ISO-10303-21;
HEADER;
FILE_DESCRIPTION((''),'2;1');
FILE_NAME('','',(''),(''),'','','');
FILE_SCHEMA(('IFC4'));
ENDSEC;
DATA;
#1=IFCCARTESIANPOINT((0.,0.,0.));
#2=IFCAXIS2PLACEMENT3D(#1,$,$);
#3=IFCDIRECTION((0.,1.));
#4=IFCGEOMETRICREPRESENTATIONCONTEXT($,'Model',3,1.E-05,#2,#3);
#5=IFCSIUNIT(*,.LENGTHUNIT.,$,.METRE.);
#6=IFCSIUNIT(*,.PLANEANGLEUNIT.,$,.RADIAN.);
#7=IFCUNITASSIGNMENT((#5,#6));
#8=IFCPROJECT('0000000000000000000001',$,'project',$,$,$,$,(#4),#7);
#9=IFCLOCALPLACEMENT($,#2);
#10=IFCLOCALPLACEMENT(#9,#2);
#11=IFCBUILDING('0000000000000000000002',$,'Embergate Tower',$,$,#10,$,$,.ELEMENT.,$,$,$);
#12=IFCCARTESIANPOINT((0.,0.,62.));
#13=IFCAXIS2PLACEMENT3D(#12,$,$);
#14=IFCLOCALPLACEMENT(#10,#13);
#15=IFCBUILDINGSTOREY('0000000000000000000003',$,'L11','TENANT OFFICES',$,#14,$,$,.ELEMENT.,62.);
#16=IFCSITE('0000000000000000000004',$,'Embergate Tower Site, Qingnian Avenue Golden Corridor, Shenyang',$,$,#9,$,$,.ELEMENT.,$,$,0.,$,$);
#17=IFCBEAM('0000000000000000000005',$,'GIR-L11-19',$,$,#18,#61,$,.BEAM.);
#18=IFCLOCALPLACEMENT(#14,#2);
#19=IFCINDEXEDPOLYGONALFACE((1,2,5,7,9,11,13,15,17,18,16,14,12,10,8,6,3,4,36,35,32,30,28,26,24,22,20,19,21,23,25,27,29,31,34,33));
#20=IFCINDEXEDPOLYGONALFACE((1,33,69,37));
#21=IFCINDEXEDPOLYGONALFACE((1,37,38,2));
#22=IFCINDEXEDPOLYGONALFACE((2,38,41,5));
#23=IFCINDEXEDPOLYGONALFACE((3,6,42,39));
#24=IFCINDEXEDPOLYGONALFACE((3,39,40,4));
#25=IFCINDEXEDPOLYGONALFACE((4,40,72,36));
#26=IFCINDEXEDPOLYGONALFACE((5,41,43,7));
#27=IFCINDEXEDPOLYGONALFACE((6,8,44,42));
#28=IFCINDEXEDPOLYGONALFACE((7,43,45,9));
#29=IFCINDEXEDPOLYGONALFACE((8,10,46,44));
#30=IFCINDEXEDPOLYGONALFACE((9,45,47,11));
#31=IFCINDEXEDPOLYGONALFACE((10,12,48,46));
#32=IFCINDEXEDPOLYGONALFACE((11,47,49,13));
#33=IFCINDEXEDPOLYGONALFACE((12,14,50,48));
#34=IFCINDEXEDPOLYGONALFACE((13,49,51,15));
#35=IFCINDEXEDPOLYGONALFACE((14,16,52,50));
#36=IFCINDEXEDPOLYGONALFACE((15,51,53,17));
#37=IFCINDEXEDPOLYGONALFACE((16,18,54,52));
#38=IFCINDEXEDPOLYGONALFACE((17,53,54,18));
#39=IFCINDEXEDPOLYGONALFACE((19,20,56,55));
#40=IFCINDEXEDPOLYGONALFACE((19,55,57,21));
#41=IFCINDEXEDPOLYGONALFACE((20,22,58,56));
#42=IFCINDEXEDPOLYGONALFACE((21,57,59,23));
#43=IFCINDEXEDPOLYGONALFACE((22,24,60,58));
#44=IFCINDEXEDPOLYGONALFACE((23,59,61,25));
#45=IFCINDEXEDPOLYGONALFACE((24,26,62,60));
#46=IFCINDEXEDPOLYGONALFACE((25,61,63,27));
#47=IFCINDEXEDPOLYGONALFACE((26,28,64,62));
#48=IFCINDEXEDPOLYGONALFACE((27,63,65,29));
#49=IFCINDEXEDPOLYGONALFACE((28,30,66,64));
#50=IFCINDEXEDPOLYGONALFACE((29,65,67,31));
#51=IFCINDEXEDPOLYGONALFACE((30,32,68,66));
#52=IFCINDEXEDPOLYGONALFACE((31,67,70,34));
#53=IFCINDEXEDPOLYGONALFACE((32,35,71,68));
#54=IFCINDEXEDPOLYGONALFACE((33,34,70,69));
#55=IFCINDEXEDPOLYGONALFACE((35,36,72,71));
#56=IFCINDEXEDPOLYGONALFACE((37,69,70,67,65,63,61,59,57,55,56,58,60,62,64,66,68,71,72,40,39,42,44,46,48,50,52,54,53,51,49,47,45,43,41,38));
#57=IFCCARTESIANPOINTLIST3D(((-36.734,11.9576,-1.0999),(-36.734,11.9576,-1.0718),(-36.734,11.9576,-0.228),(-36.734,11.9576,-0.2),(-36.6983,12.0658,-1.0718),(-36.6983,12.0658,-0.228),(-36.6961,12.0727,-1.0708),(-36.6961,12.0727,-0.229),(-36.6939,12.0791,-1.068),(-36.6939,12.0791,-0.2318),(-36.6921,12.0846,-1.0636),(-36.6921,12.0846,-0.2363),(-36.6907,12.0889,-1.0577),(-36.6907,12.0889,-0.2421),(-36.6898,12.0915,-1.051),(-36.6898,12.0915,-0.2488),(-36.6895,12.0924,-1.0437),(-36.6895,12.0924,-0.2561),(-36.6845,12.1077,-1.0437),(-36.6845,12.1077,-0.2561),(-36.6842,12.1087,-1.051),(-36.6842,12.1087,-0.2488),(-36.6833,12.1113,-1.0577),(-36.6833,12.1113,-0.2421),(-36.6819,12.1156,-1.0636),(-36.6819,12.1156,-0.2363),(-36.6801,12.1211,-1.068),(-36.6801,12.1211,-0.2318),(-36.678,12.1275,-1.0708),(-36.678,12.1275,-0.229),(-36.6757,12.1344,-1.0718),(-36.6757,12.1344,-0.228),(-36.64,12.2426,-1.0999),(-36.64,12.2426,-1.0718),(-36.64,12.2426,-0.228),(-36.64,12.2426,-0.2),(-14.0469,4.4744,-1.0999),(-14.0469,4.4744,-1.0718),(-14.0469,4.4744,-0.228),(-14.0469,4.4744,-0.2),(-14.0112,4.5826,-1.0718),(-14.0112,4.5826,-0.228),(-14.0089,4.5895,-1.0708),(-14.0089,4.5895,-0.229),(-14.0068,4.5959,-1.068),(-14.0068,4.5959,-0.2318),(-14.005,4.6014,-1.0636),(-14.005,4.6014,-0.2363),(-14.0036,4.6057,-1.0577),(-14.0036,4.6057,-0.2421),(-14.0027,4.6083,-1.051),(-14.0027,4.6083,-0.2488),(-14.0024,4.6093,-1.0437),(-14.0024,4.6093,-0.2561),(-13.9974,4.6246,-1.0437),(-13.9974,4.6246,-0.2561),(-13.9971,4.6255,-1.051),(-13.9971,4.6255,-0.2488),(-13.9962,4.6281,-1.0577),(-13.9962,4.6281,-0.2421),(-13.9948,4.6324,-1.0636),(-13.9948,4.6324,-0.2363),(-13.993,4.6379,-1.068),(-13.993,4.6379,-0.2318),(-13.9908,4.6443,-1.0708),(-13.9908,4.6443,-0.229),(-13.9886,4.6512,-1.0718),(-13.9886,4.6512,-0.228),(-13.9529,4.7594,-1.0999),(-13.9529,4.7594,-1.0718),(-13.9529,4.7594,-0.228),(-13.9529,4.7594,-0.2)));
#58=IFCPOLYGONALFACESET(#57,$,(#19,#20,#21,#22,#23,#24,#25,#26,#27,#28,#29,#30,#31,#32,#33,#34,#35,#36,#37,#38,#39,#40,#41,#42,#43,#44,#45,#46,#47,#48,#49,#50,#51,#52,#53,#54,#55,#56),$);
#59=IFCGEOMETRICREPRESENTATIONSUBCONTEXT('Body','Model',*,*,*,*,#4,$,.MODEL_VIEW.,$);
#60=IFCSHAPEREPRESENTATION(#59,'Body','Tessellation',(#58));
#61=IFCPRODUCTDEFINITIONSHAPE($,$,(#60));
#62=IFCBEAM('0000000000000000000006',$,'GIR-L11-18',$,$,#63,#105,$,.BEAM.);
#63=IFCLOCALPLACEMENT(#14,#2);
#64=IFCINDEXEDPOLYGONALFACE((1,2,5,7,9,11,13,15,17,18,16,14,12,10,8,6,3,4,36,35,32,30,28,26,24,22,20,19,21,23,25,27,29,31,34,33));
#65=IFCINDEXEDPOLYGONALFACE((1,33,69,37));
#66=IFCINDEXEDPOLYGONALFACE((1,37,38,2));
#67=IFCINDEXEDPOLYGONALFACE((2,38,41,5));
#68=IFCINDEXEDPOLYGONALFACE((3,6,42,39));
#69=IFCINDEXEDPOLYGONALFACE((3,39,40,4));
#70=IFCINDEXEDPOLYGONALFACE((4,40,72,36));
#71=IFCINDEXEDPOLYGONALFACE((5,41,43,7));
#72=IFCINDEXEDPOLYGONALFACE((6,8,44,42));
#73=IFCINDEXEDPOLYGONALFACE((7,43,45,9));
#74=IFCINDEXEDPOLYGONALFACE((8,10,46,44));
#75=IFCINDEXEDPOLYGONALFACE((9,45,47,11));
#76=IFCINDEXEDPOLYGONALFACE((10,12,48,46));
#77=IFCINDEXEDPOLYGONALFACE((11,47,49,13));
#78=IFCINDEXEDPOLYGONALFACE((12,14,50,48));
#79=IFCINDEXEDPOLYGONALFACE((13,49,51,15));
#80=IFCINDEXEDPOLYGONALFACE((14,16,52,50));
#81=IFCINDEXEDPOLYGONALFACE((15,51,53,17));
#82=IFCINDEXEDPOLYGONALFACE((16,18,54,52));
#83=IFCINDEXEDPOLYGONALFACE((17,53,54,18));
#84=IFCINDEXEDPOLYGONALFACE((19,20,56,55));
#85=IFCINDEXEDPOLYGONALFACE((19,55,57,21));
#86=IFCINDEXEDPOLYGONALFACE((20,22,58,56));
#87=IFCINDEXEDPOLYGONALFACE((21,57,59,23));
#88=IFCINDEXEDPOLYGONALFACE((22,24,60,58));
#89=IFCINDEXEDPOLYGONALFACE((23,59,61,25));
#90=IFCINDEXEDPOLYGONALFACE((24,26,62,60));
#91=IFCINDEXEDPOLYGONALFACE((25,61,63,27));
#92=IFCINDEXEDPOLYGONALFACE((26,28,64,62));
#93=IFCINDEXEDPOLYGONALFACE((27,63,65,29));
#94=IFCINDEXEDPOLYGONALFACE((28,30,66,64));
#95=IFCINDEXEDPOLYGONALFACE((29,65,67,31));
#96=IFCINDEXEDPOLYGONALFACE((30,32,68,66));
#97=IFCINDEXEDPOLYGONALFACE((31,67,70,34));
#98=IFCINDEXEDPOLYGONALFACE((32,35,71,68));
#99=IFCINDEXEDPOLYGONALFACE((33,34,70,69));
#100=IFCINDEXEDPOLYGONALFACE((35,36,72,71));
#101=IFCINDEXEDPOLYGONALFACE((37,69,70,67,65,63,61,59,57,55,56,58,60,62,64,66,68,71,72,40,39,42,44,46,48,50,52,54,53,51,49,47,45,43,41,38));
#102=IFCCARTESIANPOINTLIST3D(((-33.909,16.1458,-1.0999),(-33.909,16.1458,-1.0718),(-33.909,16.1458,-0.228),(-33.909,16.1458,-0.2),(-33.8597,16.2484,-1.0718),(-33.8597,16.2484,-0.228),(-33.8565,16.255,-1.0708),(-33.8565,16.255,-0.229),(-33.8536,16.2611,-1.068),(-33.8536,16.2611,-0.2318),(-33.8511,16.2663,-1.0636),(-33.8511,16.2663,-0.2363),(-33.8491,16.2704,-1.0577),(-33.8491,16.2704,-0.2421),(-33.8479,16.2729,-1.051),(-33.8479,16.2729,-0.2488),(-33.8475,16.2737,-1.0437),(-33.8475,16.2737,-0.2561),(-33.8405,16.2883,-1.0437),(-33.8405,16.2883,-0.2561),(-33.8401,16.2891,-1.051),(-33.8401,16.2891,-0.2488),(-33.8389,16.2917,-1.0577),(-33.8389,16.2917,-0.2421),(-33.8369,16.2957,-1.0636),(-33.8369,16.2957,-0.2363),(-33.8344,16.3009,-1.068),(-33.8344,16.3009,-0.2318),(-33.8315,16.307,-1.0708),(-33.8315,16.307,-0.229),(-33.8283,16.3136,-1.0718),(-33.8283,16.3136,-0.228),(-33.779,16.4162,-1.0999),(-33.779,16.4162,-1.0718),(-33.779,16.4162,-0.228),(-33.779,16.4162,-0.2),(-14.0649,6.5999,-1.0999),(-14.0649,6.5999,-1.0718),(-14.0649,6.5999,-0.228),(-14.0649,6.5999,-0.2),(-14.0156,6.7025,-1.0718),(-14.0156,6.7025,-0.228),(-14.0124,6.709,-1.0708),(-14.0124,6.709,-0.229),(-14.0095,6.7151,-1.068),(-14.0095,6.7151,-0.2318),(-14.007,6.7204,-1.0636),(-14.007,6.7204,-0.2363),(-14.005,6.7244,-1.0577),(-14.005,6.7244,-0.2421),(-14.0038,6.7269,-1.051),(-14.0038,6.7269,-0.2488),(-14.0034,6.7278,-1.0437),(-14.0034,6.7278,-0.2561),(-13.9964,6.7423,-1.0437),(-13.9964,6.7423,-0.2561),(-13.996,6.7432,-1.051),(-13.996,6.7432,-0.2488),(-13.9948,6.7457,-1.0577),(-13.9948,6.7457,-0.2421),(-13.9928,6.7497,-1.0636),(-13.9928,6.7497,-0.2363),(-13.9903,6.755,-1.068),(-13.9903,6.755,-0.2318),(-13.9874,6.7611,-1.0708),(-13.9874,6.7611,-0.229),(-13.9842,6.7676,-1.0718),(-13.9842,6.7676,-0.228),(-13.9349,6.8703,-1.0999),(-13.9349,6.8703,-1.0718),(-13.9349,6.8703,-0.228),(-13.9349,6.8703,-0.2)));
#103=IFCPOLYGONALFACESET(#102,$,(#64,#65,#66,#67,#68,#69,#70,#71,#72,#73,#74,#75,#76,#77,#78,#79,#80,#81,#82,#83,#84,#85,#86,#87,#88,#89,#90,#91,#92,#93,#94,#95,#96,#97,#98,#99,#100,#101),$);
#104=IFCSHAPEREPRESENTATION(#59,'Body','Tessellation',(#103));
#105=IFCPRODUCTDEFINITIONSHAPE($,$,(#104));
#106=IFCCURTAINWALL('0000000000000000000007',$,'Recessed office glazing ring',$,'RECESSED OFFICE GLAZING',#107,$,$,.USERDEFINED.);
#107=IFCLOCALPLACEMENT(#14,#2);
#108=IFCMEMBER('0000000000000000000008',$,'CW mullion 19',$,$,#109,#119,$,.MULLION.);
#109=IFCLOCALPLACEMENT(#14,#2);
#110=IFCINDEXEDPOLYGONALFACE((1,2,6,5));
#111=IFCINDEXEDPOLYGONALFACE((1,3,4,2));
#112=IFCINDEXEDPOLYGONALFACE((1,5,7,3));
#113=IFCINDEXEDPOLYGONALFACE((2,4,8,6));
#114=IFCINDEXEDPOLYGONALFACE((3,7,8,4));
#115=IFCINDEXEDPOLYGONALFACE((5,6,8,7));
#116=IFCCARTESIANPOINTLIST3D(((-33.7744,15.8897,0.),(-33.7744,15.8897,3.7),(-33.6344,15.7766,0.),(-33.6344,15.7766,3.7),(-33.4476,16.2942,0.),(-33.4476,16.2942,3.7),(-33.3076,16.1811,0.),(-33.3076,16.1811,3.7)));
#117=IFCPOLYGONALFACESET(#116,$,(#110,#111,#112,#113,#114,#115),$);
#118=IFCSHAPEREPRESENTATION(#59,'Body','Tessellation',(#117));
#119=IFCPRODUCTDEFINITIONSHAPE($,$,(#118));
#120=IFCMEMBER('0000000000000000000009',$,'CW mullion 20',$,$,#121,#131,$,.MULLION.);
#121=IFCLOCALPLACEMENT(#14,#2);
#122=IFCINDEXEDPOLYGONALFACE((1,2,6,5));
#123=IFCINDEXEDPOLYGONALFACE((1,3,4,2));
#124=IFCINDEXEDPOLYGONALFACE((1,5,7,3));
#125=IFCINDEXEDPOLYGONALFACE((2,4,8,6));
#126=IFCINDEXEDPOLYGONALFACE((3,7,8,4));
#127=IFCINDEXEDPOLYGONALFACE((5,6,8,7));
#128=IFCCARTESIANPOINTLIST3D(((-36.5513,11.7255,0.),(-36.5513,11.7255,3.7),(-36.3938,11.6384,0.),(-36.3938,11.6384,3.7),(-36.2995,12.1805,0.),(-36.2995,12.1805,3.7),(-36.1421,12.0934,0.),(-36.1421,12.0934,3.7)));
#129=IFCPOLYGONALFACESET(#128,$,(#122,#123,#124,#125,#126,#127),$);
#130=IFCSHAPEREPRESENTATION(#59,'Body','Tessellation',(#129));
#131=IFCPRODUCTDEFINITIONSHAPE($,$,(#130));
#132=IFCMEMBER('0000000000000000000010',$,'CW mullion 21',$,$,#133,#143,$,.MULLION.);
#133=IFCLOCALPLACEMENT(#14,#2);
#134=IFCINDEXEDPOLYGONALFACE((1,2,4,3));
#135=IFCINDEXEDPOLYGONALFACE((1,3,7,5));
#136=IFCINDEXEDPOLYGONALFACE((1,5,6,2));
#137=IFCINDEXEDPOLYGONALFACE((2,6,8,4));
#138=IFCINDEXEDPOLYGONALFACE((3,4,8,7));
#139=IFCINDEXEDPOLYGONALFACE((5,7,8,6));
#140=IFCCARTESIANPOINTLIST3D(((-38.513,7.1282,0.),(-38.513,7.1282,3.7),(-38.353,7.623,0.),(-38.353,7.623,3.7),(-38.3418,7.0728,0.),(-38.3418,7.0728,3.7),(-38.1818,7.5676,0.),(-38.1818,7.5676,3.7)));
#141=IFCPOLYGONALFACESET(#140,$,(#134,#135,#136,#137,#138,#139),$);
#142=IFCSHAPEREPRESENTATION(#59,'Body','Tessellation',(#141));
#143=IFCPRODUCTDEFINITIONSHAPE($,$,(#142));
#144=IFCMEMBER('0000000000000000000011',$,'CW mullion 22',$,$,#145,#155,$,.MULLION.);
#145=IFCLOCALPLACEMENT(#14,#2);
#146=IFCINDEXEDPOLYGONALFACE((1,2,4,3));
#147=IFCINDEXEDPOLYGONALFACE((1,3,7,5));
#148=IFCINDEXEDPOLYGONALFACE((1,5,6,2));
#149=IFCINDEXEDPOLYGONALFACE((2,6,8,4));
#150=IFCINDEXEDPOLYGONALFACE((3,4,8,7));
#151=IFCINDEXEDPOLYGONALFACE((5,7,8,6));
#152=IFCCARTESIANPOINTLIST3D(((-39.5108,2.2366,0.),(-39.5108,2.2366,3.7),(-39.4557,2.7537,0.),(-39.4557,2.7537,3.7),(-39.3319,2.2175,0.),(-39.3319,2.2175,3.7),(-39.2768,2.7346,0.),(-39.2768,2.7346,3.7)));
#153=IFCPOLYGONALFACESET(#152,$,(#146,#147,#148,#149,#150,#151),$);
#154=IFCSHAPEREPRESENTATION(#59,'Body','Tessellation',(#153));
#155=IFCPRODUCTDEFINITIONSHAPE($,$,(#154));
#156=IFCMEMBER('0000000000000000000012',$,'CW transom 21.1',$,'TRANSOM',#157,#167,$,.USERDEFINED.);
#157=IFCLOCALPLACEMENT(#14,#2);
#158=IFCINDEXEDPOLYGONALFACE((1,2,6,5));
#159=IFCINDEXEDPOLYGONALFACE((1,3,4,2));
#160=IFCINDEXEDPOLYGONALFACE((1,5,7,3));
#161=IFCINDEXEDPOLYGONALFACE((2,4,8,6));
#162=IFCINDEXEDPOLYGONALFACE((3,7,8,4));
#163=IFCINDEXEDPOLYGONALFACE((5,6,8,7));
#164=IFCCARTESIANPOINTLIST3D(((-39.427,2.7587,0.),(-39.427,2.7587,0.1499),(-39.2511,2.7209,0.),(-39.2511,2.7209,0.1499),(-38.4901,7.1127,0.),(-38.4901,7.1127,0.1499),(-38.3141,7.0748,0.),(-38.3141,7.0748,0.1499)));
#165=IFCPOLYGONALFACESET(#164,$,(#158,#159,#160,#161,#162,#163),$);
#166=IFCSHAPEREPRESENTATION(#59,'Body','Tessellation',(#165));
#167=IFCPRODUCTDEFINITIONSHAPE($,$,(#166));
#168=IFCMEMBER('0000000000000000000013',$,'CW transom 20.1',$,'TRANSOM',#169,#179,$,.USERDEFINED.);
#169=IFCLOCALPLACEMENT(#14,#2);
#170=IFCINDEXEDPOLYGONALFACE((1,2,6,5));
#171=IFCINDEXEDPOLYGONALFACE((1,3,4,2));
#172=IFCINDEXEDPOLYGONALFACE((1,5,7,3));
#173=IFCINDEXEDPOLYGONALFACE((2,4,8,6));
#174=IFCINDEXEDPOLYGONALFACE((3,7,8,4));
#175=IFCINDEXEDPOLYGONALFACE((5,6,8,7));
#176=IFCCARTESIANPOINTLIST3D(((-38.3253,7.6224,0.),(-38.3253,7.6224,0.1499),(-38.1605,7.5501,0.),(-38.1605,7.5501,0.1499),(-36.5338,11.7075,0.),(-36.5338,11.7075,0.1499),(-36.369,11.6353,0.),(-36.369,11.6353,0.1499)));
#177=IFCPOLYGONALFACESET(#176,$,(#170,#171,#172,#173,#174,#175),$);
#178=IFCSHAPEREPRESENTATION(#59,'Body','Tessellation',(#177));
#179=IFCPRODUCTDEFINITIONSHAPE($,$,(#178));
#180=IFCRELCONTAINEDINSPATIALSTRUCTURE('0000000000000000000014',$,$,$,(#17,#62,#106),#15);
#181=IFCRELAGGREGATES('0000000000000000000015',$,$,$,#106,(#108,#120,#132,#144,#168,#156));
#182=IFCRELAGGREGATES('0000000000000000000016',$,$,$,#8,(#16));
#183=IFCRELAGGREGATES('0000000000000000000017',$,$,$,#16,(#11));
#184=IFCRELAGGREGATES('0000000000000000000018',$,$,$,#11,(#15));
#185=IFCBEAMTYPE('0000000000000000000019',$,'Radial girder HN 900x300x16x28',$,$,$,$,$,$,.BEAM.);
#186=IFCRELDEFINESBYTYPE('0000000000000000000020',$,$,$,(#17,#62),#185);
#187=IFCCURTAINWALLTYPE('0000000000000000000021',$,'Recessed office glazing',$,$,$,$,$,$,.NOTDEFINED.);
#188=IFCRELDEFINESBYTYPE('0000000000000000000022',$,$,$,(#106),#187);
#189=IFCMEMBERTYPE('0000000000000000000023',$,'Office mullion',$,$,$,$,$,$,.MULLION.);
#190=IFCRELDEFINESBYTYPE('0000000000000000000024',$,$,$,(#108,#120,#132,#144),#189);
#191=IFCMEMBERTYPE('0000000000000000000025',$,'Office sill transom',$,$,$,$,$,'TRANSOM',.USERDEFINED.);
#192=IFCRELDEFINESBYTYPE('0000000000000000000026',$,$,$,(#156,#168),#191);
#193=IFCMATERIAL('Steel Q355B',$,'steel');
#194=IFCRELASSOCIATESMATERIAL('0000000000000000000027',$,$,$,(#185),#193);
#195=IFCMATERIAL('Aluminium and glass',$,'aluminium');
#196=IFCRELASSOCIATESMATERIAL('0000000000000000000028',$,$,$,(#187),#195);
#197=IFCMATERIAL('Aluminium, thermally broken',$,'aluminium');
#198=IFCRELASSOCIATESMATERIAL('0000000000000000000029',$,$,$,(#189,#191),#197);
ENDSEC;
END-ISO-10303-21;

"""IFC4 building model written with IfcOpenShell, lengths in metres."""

from ifc_helpers import new_model, si_unit, direction, frame, origin, origin_2d, place, context, subcontext, project, spatial, rectangle, i_section, extrude, source, transform, mapped, material, material_profile, profile_set, type_object, element, aggregate, save


model = new_model("IFC4")

# Units and contexts
model_context = context("Model", 3, precision=1e-05, world=origin(), true_north=direction((0.0, 1.0)))
body_context = subcontext(model_context, "Body", "Model", "MODEL_VIEW")
ifc_project = project(units=[si_unit("LENGTHUNIT", "METRE"), si_unit("PLANEANGLEUNIT", "RADIAN")], contexts=[model_context])

# Site, building, storey
site_placement = place(None, origin())
site = spatial("IfcSite", under=ifc_project, at=site_placement, Name="Embergate Tower Site, Qingnian Avenue Golden Corridor, Shenyang", CompositionType="ELEMENT", RefElevation=0.0)
building_placement = place(site_placement, origin())
building = spatial("IfcBuilding", under=site, at=building_placement, Name="Embergate Tower", CompositionType="ELEMENT")
storey_placement = place(building_placement, frame((0.0, 0.0, 62.0)))
storey = spatial("IfcBuildingStorey", under=building, at=storey_placement, Name="L11", Description="TENANT OFFICES", CompositionType="ELEMENT", Elevation=62.0)

# Beams
ifc_material_1 = material(Name="Steel Q355B", Category="steel")
ifc_material_profile_1 = material_profile(ifc_material_1, i_section(OverallWidth=0.3, OverallDepth=0.8999, WebThickness=0.0161, FlangeThickness=0.0281, FilletRadius=0.0281, at=origin_2d()), Name="HN 900x300x16x28")
ifc_profile_set_1 = profile_set([ifc_material_profile_1], Name="Steel Q355 grade B")
beam_type_1 = type_object("IfcBeamType", Name="Radial girder HN 900x300x16x28", PredefinedType="BEAM", material=ifc_profile_set_1)
shared_shape_1 = source(origin(), body_context, "Body", "SweptSolid", [
    extrude(i_section(OverallWidth=0.3, OverallDepth=0.8999, WebThickness=0.0161, FlangeThickness=0.0281, FilletRadius=0.0281, at=origin_2d()), origin(), (0.0, 0.0, 1.0), 23.8894),
])
beam_1_placement = place(storey_placement, frame((-36.687, 12.1001, -0.6499), z_axis=(0.949673, -0.313243, 0.0), x_axis=(0.313243, 0.949673, 0.0)))
element("IfcBeam", 1, at=beam_1_placement, inside=storey, type_object=beam_type_1, Name="GIR-L11-19", PredefinedType="BEAM", context=body_context, shape_type="MappedRepresentation", body=[
    mapped(shared_shape_1, transform((0.0, 0.0, 0.0))),
])
shared_shape_2 = source(origin(), body_context, "Body", "SweptSolid", [
    extrude(i_section(OverallWidth=0.3, OverallDepth=0.8999, WebThickness=0.0161, FlangeThickness=0.0281, FilletRadius=0.0281, at=origin_2d()), origin(), (0.0, 0.0, 1.0), 22.0208),
])
beam_2_placement = place(storey_placement, frame((-33.844, 16.281, -0.6499), z_axis=(0.901155, -0.433498, 0.0), x_axis=(0.433498, 0.901155, 0.0)))
element("IfcBeam", 2, at=beam_2_placement, inside=storey, type_object=beam_type_1, Name="GIR-L11-18", PredefinedType="BEAM", context=body_context, shape_type="MappedRepresentation", body=[
    mapped(shared_shape_2, transform((0.0, 0.0, 0.0))),
])

# Curtain wall, members
ifc_material_2 = material(Name="Aluminium and glass", Category="aluminium")
curtain_wall_type = type_object("IfcCurtainWallType", Name="Recessed office glazing", PredefinedType="NOTDEFINED", material=ifc_material_2)
curtain_wall_placement = place(storey_placement, origin())
curtain_wall = element("IfcCurtainWall", 3, at=curtain_wall_placement, inside=storey, type_object=curtain_wall_type, Name="Recessed office glazing ring", ObjectType="RECESSED OFFICE GLAZING", PredefinedType="USERDEFINED")
ifc_material_3 = material(Name="Aluminium, thermally broken", Category="aluminium")
ifc_material_profile_2 = material_profile(ifc_material_3, rectangle(XDim=0.1799, YDim=0.52, at=origin_2d()), Name="AL 520x180")
ifc_profile_set_2 = profile_set([ifc_material_profile_2], Name="Aluminium, thermally broken")
member_type_1 = type_object("IfcMemberType", Name="Office mullion", PredefinedType="MULLION", material=ifc_profile_set_2)
shared_shape_3 = source(origin(), body_context, "Body", "SweptSolid", [
    extrude(rectangle(XDim=0.1799, YDim=0.52, at=origin_2d()), origin(), (0.0, 0.0, 1.0), 3.7),
])
member_1_placement = place(storey_placement, frame((-33.541, 16.0354, 0.0), z_axis=(0.0, 0.0, 1.0), x_axis=(0.777884, -0.628408, 0.0)))
member_1 = element("IfcMember", 4, at=member_1_placement, type_object=member_type_1, Name="CW mullion 19", PredefinedType="MULLION", context=body_context, shape_type="MappedRepresentation", body=[
    mapped(shared_shape_3, transform((0.0, 0.0, 0.0))),
])
member_2_placement = place(storey_placement, frame((-36.3467, 11.9094, 0.0), z_axis=(0.0, 0.0, 1.0), x_axis=(0.87501, -0.484104, 0.0)))
member_2 = element("IfcMember", 5, at=member_2_placement, type_object=member_type_1, Name="CW mullion 20", PredefinedType="MULLION", context=body_context, shape_type="MappedRepresentation", body=[
    mapped(shared_shape_3, transform((0.0, 0.0, 0.0))),
])
member_3_placement = place(storey_placement, frame((-38.3474, 7.3479, 0.0), z_axis=(0.0, 0.0, 1.0), x_axis=(0.951502, -0.307642, 0.0)))
member_3 = element("IfcMember", 6, at=member_3_placement, type_object=member_type_1, Name="CW mullion 21", PredefinedType="MULLION", context=body_context, shape_type="MappedRepresentation", body=[
    mapped(shared_shape_3, transform((0.0, 0.0, 0.0))),
])
member_4_placement = place(storey_placement, frame((-39.3938, 2.4856, 0.0), z_axis=(0.0, 0.0, 1.0), x_axis=(0.994386, -0.105818, 0.0)))
member_4 = element("IfcMember", 7, at=member_4_placement, type_object=member_type_1, Name="CW mullion 22", PredefinedType="MULLION", context=body_context, shape_type="MappedRepresentation", body=[
    mapped(shared_shape_3, transform((0.0, 0.0, 0.0))),
])
ifc_material_profile_3 = material_profile(ifc_material_3, rectangle(XDim=0.1799, YDim=0.1499, at=origin_2d()), Name="AL 150x180")
ifc_profile_set_3 = profile_set([ifc_material_profile_3], Name="Aluminium, thermally broken")
member_type_2 = type_object("IfcMemberType", Name="Office sill transom", ElementType="TRANSOM", PredefinedType="USERDEFINED", material=ifc_profile_set_3)
shared_shape_4 = source(origin(), body_context, "Body", "SweptSolid", [
    extrude(rectangle(XDim=0.1799, YDim=0.1499, at=origin_2d()), origin(), (0.0, 0.0, 1.0), 4.4536),
])
member_5_placement = place(storey_placement, frame((-38.4021, 7.0938, 0.075), z_axis=(-0.21039, -0.977618, 0.0), x_axis=(0.977618, -0.21039, 0.0)))
member_5 = element("IfcMember", 8, at=member_5_placement, type_object=member_type_2, Name="CW transom 21.1", ObjectType="TRANSOM", PredefinedType="USERDEFINED", context=body_context, shape_type="MappedRepresentation", body=[
    mapped(shared_shape_4, transform((0.0, 0.0, 0.0))),
])
shared_shape_5 = source(origin(), body_context, "Body", "SweptSolid", [
    extrude(rectangle(XDim=0.1799, YDim=0.1499, at=origin_2d()), origin(), (0.0, 0.0, 1.0), 4.4607),
])
member_6_placement = place(storey_placement, frame((-36.4514, 11.6714, 0.075), z_axis=(-0.401614, -0.915809, 0.0), x_axis=(0.915809, -0.401614, 0.0)))
member_6 = element("IfcMember", 9, at=member_6_placement, type_object=member_type_2, Name="CW transom 20.1", ObjectType="TRANSOM", PredefinedType="USERDEFINED", context=body_context, shape_type="MappedRepresentation", body=[
    mapped(shared_shape_5, transform((0.0, 0.0, 0.0))),
])
aggregate(curtain_wall, [member_1, member_2, member_3, member_4, member_6, member_5])

save(model, "model.ifc")
